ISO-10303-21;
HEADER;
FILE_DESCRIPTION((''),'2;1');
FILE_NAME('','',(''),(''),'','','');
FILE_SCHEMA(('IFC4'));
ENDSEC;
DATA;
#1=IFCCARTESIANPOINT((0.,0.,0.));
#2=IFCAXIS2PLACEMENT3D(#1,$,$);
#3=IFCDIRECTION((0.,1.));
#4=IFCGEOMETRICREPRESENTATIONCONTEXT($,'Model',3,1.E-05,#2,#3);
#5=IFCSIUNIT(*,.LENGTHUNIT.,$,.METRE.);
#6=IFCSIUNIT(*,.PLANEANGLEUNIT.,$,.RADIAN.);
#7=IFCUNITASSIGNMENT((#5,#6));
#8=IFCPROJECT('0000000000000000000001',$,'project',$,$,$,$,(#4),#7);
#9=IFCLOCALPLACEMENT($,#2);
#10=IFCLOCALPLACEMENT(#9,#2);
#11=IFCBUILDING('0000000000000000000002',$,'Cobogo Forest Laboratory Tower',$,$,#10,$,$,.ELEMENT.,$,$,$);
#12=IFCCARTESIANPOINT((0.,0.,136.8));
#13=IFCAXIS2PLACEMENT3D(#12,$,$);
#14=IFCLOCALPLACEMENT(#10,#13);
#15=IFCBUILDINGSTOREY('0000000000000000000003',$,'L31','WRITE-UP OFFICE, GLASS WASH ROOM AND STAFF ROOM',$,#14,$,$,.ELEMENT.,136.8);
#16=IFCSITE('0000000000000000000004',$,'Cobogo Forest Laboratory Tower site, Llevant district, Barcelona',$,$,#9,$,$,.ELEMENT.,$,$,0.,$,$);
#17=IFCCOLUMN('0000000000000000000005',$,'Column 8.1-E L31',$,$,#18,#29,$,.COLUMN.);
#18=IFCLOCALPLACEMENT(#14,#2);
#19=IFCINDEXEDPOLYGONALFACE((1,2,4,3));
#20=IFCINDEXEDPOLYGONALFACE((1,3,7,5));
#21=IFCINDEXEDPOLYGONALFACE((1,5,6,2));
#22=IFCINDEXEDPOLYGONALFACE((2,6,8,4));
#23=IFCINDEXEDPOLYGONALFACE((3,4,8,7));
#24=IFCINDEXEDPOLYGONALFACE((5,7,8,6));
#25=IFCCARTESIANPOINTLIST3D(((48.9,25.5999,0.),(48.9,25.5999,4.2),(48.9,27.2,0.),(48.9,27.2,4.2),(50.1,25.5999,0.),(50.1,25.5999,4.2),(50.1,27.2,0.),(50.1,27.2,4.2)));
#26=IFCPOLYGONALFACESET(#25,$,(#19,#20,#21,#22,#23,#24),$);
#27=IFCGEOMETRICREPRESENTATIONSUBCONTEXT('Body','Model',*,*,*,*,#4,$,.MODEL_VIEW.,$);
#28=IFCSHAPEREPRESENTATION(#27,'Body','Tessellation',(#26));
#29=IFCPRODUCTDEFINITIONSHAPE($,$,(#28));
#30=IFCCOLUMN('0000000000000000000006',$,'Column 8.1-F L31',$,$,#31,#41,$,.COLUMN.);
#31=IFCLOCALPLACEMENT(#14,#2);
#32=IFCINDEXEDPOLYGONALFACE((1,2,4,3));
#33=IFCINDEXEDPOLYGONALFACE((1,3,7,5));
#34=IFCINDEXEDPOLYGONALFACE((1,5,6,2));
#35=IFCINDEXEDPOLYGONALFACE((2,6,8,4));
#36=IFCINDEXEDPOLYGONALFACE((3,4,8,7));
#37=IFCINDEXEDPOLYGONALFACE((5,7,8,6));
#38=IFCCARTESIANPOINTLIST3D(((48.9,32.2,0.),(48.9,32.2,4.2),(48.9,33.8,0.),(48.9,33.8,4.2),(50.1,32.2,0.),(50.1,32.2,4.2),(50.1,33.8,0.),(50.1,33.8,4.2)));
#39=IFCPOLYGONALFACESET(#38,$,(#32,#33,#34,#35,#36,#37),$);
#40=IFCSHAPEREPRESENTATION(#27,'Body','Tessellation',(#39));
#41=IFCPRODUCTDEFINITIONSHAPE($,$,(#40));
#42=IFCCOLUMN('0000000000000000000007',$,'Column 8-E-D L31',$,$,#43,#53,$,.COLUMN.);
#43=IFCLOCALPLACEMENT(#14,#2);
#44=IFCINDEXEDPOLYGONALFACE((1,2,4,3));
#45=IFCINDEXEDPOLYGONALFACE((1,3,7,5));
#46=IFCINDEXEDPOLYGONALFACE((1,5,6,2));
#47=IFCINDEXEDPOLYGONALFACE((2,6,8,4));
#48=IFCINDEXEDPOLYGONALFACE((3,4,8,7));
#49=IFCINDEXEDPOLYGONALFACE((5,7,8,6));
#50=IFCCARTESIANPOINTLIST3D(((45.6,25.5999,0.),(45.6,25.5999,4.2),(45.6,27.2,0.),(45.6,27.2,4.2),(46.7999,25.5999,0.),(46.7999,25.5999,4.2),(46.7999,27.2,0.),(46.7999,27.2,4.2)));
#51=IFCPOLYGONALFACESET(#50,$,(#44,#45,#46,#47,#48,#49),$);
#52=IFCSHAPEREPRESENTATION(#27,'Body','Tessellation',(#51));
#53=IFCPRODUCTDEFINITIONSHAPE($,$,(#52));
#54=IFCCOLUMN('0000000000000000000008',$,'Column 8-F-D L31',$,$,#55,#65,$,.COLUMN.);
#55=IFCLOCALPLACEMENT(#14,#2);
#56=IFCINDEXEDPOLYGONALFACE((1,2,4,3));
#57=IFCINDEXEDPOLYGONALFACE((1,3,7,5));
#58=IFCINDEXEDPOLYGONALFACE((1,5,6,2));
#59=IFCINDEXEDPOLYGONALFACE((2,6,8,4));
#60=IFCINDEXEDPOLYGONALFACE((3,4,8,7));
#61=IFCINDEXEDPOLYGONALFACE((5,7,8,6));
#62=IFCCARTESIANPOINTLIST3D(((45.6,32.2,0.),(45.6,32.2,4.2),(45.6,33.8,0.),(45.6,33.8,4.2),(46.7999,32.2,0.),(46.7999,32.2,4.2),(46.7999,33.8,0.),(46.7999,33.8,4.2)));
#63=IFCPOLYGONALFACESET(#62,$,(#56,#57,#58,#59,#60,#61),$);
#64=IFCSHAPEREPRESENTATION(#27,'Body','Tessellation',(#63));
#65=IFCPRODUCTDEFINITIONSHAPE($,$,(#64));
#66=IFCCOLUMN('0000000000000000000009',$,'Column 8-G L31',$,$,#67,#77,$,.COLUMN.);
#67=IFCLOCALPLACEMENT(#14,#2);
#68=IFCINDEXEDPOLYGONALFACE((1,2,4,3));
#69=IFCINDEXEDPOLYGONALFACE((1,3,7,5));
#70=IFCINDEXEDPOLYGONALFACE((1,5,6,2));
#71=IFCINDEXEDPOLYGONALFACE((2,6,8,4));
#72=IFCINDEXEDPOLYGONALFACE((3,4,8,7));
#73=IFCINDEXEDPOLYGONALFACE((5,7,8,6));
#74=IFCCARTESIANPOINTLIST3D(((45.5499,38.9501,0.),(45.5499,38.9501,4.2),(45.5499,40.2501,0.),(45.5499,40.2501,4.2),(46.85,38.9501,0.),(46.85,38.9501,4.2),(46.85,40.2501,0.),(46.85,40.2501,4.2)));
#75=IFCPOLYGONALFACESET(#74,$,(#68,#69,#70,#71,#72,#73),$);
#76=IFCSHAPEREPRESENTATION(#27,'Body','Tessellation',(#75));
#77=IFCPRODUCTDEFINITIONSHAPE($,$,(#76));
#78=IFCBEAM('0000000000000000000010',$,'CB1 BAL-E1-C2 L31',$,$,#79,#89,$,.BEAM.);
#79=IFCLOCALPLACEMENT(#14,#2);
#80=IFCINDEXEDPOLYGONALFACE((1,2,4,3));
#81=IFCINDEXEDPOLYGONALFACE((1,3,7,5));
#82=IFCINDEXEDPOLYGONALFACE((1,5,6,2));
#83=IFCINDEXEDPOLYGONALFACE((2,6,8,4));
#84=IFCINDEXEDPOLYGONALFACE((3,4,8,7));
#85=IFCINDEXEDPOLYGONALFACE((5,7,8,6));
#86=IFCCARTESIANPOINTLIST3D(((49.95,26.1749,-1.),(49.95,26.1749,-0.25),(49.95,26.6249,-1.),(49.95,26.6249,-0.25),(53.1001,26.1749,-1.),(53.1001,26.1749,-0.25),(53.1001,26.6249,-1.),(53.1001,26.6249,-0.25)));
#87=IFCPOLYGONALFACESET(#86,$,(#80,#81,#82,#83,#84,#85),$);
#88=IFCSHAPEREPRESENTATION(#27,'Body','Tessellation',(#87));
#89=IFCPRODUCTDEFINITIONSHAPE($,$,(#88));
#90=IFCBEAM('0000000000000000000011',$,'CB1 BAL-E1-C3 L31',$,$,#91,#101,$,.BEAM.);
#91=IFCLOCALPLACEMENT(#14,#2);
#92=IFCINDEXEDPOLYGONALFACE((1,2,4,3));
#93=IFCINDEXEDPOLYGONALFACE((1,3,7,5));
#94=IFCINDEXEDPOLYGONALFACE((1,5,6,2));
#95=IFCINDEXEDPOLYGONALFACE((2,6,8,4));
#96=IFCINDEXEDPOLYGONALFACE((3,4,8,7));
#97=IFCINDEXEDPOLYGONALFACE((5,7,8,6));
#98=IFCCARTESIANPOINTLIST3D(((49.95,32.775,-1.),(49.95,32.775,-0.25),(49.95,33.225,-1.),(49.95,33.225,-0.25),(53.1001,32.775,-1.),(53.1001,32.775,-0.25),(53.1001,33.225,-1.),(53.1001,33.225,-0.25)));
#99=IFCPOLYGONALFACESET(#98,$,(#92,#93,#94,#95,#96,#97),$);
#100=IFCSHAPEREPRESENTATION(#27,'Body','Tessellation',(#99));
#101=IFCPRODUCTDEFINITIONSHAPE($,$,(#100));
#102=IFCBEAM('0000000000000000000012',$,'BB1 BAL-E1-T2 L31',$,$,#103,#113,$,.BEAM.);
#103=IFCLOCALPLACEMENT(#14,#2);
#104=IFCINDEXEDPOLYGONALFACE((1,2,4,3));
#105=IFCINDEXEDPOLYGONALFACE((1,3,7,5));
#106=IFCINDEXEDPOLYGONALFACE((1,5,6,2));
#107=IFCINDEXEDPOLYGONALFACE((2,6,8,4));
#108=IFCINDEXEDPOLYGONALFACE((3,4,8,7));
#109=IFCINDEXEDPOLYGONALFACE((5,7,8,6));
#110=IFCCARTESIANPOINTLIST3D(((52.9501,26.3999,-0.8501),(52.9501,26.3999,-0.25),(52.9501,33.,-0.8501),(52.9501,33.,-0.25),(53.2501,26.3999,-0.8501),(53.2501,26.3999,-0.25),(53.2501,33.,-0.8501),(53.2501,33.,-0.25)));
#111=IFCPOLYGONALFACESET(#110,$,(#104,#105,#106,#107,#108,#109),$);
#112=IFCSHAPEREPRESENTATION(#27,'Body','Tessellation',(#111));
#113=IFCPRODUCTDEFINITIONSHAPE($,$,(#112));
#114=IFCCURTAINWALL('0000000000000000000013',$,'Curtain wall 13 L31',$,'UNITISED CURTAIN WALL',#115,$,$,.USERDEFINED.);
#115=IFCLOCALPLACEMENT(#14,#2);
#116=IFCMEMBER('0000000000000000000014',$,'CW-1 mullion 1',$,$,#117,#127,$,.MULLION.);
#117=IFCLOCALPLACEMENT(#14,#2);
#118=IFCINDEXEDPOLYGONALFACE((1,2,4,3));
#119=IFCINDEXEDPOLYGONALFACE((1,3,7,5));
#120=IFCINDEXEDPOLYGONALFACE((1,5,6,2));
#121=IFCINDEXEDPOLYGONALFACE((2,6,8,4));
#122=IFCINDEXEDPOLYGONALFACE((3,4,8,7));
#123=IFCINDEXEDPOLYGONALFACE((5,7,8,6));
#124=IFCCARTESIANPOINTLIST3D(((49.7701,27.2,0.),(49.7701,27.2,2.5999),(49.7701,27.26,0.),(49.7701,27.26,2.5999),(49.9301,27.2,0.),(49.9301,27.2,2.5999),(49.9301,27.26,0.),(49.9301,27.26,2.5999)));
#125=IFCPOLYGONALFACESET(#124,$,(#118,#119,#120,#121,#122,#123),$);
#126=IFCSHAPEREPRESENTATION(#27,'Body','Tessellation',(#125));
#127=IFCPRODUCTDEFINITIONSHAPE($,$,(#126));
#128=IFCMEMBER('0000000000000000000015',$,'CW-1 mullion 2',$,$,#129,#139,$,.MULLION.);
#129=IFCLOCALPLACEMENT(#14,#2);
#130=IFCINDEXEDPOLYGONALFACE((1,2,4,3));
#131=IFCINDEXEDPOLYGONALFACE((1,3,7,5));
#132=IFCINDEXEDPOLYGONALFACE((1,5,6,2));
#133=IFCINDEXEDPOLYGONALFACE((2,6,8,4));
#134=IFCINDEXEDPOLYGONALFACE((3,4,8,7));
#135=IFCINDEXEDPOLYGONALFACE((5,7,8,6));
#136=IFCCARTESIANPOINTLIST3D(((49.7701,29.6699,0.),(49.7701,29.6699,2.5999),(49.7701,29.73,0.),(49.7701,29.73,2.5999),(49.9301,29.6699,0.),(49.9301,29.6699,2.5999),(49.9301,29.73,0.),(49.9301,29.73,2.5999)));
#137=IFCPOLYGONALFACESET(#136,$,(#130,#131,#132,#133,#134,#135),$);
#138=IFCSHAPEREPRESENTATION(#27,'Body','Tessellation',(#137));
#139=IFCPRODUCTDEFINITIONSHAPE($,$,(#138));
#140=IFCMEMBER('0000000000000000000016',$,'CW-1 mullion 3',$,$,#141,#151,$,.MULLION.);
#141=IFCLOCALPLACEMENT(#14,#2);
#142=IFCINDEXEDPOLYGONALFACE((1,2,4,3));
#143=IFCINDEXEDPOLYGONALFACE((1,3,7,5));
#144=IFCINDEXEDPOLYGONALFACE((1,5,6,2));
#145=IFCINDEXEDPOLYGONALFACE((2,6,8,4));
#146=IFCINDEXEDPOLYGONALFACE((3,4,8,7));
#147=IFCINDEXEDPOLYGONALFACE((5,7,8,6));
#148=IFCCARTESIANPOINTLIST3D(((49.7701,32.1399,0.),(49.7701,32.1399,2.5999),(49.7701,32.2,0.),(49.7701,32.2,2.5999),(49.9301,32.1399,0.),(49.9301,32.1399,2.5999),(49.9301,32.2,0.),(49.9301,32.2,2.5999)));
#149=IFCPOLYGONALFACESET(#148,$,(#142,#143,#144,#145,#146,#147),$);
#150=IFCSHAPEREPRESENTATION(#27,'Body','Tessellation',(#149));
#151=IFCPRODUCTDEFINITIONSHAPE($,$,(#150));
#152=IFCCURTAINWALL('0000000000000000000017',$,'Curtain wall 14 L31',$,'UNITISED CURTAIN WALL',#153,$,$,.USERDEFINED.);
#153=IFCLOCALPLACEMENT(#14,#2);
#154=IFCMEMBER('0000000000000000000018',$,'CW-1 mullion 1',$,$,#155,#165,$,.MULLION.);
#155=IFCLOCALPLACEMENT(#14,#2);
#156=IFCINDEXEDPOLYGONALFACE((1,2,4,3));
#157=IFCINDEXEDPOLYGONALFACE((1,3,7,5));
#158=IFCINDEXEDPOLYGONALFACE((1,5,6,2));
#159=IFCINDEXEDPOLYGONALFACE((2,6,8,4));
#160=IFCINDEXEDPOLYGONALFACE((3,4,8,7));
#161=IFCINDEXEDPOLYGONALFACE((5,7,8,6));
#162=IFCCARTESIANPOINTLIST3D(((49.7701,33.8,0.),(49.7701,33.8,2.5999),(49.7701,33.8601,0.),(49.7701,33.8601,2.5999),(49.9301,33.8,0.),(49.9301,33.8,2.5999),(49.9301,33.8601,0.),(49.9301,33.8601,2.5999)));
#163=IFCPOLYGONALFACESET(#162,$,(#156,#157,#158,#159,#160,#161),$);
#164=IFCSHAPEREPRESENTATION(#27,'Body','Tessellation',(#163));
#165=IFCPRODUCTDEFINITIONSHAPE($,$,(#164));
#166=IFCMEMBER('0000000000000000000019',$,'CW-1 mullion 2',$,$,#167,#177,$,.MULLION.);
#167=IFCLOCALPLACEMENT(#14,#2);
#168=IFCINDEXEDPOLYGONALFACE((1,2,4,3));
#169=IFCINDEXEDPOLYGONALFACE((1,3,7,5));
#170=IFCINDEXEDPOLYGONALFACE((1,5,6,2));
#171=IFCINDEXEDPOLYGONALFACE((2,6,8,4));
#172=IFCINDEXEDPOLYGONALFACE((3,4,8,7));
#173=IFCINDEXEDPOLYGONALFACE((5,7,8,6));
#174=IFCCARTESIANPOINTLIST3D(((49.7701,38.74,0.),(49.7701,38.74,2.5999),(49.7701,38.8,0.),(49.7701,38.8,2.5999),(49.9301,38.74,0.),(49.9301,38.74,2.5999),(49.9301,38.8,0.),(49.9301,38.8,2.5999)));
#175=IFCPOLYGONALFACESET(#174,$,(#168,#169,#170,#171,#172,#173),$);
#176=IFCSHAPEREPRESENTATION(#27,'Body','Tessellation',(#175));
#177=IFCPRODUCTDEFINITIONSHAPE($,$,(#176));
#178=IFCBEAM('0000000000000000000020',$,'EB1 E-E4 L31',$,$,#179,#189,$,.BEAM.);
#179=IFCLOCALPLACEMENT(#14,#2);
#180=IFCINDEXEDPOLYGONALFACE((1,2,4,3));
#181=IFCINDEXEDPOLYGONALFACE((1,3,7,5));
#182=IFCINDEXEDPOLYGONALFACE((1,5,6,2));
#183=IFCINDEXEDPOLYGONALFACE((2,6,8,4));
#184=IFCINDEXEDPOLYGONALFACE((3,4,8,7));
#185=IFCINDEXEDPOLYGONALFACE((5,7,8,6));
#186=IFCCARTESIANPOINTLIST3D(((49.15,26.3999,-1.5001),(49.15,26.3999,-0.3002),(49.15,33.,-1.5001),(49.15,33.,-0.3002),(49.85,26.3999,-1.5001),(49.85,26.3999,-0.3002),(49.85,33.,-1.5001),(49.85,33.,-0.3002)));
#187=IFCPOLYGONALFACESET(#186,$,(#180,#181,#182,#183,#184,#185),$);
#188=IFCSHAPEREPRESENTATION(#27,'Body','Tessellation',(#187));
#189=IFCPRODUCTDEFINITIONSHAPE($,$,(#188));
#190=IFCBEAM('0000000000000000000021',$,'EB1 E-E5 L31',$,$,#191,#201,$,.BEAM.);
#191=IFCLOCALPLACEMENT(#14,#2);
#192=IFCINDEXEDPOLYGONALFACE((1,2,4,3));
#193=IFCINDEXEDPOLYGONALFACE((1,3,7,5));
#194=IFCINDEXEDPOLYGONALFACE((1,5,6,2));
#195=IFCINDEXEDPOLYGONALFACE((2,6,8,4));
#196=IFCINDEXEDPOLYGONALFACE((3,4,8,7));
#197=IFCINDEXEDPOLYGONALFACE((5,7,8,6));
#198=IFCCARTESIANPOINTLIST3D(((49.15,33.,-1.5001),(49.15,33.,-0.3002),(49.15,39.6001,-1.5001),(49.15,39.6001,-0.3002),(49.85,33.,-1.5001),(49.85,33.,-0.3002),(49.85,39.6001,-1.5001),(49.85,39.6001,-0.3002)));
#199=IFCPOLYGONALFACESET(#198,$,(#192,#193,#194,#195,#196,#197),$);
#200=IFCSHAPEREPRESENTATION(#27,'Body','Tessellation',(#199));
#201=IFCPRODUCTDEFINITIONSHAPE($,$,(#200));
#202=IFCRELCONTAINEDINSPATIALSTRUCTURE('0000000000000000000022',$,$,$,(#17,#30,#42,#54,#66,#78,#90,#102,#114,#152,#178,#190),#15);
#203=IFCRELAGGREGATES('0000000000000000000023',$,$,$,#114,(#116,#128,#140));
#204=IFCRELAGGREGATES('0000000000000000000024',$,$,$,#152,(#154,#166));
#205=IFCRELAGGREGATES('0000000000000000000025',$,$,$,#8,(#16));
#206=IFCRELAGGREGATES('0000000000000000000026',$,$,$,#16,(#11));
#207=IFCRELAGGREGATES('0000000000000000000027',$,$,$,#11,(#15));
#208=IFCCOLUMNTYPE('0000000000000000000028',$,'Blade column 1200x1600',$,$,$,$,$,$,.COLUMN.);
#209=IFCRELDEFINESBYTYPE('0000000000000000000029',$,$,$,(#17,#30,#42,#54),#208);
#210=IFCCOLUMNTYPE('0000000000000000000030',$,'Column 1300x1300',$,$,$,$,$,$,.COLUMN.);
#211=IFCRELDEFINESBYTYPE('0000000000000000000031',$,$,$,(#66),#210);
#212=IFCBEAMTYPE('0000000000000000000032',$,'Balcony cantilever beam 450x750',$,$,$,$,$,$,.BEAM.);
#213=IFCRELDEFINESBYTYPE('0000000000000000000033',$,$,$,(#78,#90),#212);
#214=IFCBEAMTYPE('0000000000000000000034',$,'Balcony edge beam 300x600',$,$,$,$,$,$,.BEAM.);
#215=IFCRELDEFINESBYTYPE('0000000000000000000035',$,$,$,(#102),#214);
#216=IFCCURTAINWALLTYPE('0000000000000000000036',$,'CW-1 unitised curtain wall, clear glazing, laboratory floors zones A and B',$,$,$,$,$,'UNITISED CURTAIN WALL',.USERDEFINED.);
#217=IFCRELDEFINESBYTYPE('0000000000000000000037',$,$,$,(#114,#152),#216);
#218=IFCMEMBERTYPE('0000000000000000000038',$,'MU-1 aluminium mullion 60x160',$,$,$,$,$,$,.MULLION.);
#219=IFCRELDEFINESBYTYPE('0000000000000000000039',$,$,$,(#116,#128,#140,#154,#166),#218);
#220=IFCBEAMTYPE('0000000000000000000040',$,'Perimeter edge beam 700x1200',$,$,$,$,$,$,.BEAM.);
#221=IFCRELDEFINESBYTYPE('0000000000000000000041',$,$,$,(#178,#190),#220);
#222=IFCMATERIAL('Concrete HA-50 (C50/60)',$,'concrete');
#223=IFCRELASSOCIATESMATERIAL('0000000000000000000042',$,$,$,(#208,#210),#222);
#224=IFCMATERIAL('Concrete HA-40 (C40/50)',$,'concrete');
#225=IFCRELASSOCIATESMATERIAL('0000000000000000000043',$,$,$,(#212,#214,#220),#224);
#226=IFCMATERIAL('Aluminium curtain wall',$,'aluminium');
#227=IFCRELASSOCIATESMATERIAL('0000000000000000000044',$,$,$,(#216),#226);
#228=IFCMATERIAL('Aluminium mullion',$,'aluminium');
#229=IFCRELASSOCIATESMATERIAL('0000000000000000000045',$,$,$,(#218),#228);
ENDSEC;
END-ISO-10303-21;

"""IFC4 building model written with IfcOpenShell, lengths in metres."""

from ifc_helpers import new_model, si_unit, direction, frame, origin, origin_2d, place, context, subcontext, project, spatial, rectangle, extrude, material, material_profile, profile_set, type_object, element, aggregate, save


model = new_model("IFC4")

# Units and contexts
model_context = context("Model", 3, precision=1e-05, world=origin(), true_north=direction((0.0, 1.0)))
body_context = subcontext(model_context, "Body", "Model", "MODEL_VIEW")
ifc_project = project(units=[si_unit("LENGTHUNIT", "METRE"), si_unit("PLANEANGLEUNIT", "RADIAN")], contexts=[model_context])

# Site, building, storey
site_placement = place(None, origin())
site = spatial("IfcSite", under=ifc_project, at=site_placement, Name="Cobogo Forest Laboratory Tower site, Llevant district, Barcelona", CompositionType="ELEMENT", RefElevation=0.0)
building_placement = place(site_placement, origin())
building = spatial("IfcBuilding", under=site, at=building_placement, Name="Cobogo Forest Laboratory Tower", CompositionType="ELEMENT")
storey_placement = place(building_placement, frame((0.0, 0.0, 136.8)))
storey = spatial("IfcBuildingStorey", under=building, at=storey_placement, Name="L31", Description="WRITE-UP OFFICE, GLASS WASH ROOM AND STAFF ROOM", CompositionType="ELEMENT", Elevation=136.8)

# Columns
ifc_material_1 = material(Name="Concrete HA-50 (C50/60)", Category="concrete")
ifc_material_profile_1 = material_profile(ifc_material_1, rectangle(XDim=1.6001, YDim=1.2, at=origin_2d()), Name="RC 1200x1600")
ifc_profile_set_1 = profile_set([ifc_material_profile_1], Name="Concrete HA-50 (C50/60)")
column_type_1 = type_object("IfcColumnType", Name="Blade column 1200x1600", PredefinedType="COLUMN", material=ifc_profile_set_1)
for number, where, z_axis, x_axis, name in (
    (1, (49.5, 26.3999, 0.0), (0.0, 0.0, 1.0), (0.0, 1.0, 0.0), "Column 8.1-E L31"),
    (2, (49.5, 33.0, 0.0), (0.0, 0.0, 1.0), (0.0, 1.0, 0.0), "Column 8.1-F L31"),
    (3, (46.2, 26.3999, 0.0), (0.0, 0.0, 1.0), (0.0, 1.0, 0.0), "Column 8-E-D L31"),
    (4, (46.2, 33.0, 0.0), (0.0, 0.0, 1.0), (0.0, 1.0, 0.0), "Column 8-F-D L31"),
):
    element("IfcColumn", number, at=place(storey_placement, frame(where, z_axis=z_axis, x_axis=x_axis)), inside=storey, type_object=column_type_1, Name=name, PredefinedType="COLUMN", context=body_context, shape_type="SweptSolid", body=[
        extrude(rectangle(XDim=1.6001, YDim=1.2, at=origin_2d()), origin(), (0.0, 0.0, 1.0), 4.2),
    ])
ifc_material_profile_2 = material_profile(ifc_material_1, rectangle(XDim=1.3, YDim=1.3, at=origin_2d()), Name="RC 1300x1300")
ifc_profile_set_2 = profile_set([ifc_material_profile_2], Name="Concrete HA-50 (C50/60)")
column_type_2 = type_object("IfcColumnType", Name="Column 1300x1300", PredefinedType="COLUMN", material=ifc_profile_set_2)
column_placement = place(storey_placement, frame((46.2, 39.6001, 0.0), z_axis=(0.0, 0.0, 1.0), x_axis=(1.0, 0.0, 0.0)))
element("IfcColumn", 5, at=column_placement, inside=storey, type_object=column_type_2, Name="Column 8-G L31", PredefinedType="COLUMN", context=body_context, shape_type="SweptSolid", body=[
    extrude(rectangle(XDim=1.3, YDim=1.3, at=origin_2d()), origin(), (0.0, 0.0, 1.0), 4.2),
])

# Beams
ifc_material_2 = material(Name="Concrete HA-40 (C40/50)", Category="concrete")
ifc_material_profile_3 = material_profile(ifc_material_2, rectangle(XDim=0.45, YDim=0.75, at=origin_2d()), Name="RC 450x750")
ifc_profile_set_3 = profile_set([ifc_material_profile_3], Name="Concrete HA-40 (C40/50)")
beam_type_1 = type_object("IfcBeamType", Name="Balcony cantilever beam 450x750", PredefinedType="BEAM", material=ifc_profile_set_3)
for number, where, z_axis, x_axis, name in (
    (6, (49.95, 26.3999, -0.625), (1.0, 0.0, 0.0), (0.0, 1.0, 0.0), "CB1 BAL-E1-C2 L31"),
    (7, (49.95, 33.0, -0.625), (1.0, 0.0, 0.0), (0.0, 1.0, 0.0), "CB1 BAL-E1-C3 L31"),
):
    element("IfcBeam", number, at=place(storey_placement, frame(where, z_axis=z_axis, x_axis=x_axis)), inside=storey, type_object=beam_type_1, Name=name, PredefinedType="BEAM", context=body_context, shape_type="SweptSolid", body=[
        extrude(rectangle(XDim=0.45, YDim=0.75, at=origin_2d()), origin(), (0.0, 0.0, 1.0), 3.1501),
    ])
ifc_material_profile_4 = material_profile(ifc_material_2, rectangle(XDim=0.3, YDim=0.6001, at=origin_2d()), Name="RC 300x600")
ifc_profile_set_4 = profile_set([ifc_material_profile_4], Name="Concrete HA-40 (C40/50)")
beam_type_2 = type_object("IfcBeamType", Name="Balcony edge beam 300x600", PredefinedType="BEAM", material=ifc_profile_set_4)
beam_placement = place(storey_placement, frame((53.1001, 26.3999, -0.55), z_axis=(0.0, 1.0, 0.0), x_axis=(-1.0, 0.0, 0.0)))
element("IfcBeam", 8, at=beam_placement, inside=storey, type_object=beam_type_2, Name="BB1 BAL-E1-T2 L31", PredefinedType="BEAM", context=body_context, shape_type="SweptSolid", body=[
    extrude(rectangle(XDim=0.3, YDim=0.6001, at=origin_2d()), origin(), (0.0, 0.0, 1.0), 6.6001),
])

# Curtain walls, members
ifc_material_3 = material(Name="Aluminium curtain wall", Category="aluminium")
curtain_wall_type = type_object("IfcCurtainWallType", Name="CW-1 unitised curtain wall, clear glazing, laboratory floors zones A and B", ElementType="UNITISED CURTAIN WALL", PredefinedType="USERDEFINED", material=ifc_material_3)
curtain_wall_1_placement = place(storey_placement, origin())
curtain_wall_1 = element("IfcCurtainWall", 9, at=curtain_wall_1_placement, inside=storey, type_object=curtain_wall_type, Name="Curtain wall 13 L31", ObjectType="UNITISED CURTAIN WALL", PredefinedType="USERDEFINED")
ifc_material_4 = material(Name="Aluminium mullion", Category="aluminium")
ifc_material_profile_5 = material_profile(ifc_material_4, rectangle(XDim=0.0601, YDim=0.1599, at=origin_2d()), Name="AL 60x160")
ifc_profile_set_5 = profile_set([ifc_material_profile_5], Name="Aluminium mullion")
member_type_1 = type_object("IfcMemberType", Name="MU-1 aluminium mullion 60x160", PredefinedType="MULLION", material=ifc_profile_set_5)
member_1_placement = place(storey_placement, frame((49.8501, 27.23, 0.0), z_axis=(0.0, 0.0, 1.0), x_axis=(0.0, 1.0, 0.0)))
member_1 = element("IfcMember", 10, at=member_1_placement, type_object=member_type_1, Name="CW-1 mullion 1", PredefinedType="MULLION", context=body_context, shape_type="SweptSolid", body=[
    extrude(rectangle(XDim=0.0601, YDim=0.1599, at=origin_2d()), origin(), (0.0, 0.0, 1.0), 2.5999),
])
member_2_placement = place(storey_placement, frame((49.8501, 29.7, 0.0), z_axis=(0.0, 0.0, 1.0), x_axis=(0.0, 1.0, 0.0)))
member_2 = element("IfcMember", 11, at=member_2_placement, type_object=member_type_1, Name="CW-1 mullion 2", PredefinedType="MULLION", context=body_context, shape_type="SweptSolid", body=[
    extrude(rectangle(XDim=0.0601, YDim=0.1599, at=origin_2d()), origin(), (0.0, 0.0, 1.0), 2.5999),
])
member_3_placement = place(storey_placement, frame((49.8501, 32.1699, 0.0), z_axis=(0.0, 0.0, 1.0), x_axis=(0.0, 1.0, 0.0)))
member_3 = element("IfcMember", 12, at=member_3_placement, type_object=member_type_1, Name="CW-1 mullion 3", PredefinedType="MULLION", context=body_context, shape_type="SweptSolid", body=[
    extrude(rectangle(XDim=0.0601, YDim=0.1599, at=origin_2d()), origin(), (0.0, 0.0, 1.0), 2.5999),
])
curtain_wall_2_placement = place(storey_placement, origin())
curtain_wall_2 = element("IfcCurtainWall", 13, at=curtain_wall_2_placement, inside=storey, type_object=curtain_wall_type, Name="Curtain wall 14 L31", ObjectType="UNITISED CURTAIN WALL", PredefinedType="USERDEFINED")
member_4_placement = place(storey_placement, frame((49.8501, 33.8301, 0.0), z_axis=(0.0, 0.0, 1.0), x_axis=(0.0, 1.0, 0.0)))
member_4 = element("IfcMember", 14, at=member_4_placement, type_object=member_type_1, Name="CW-1 mullion 1", PredefinedType="MULLION", context=body_context, shape_type="SweptSolid", body=[
    extrude(rectangle(XDim=0.0601, YDim=0.1599, at=origin_2d()), origin(), (0.0, 0.0, 1.0), 2.5999),
])
member_5_placement = place(storey_placement, frame((49.8501, 38.77, 0.0), z_axis=(0.0, 0.0, 1.0), x_axis=(0.0, 1.0, 0.0)))
member_5 = element("IfcMember", 15, at=member_5_placement, type_object=member_type_1, Name="CW-1 mullion 2", PredefinedType="MULLION", context=body_context, shape_type="SweptSolid", body=[
    extrude(rectangle(XDim=0.0601, YDim=0.1599, at=origin_2d()), origin(), (0.0, 0.0, 1.0), 2.5999),
])

# Beams
ifc_material_profile_6 = material_profile(ifc_material_2, rectangle(XDim=0.7, YDim=1.2, at=origin_2d()), Name="RC 700x1200")
ifc_profile_set_6 = profile_set([ifc_material_profile_6], Name="Concrete HA-40 (C40/50)")
beam_type_3 = type_object("IfcBeamType", Name="Perimeter edge beam 700x1200", PredefinedType="BEAM", material=ifc_profile_set_6)
for number, where, z_axis, x_axis, name in (
    (16, (49.5, 26.3999, -0.9001), (0.0, 1.0, 0.0), (-1.0, 0.0, 0.0), "EB1 E-E4 L31"),
    (17, (49.5, 33.0, -0.9001), (0.0, 1.0, 0.0), (-1.0, 0.0, 0.0), "EB1 E-E5 L31"),
):
    element("IfcBeam", number, at=place(storey_placement, frame(where, z_axis=z_axis, x_axis=x_axis)), inside=storey, type_object=beam_type_3, Name=name, PredefinedType="BEAM", context=body_context, shape_type="SweptSolid", body=[
        extrude(rectangle(XDim=0.7, YDim=1.2, at=origin_2d()), origin(), (0.0, 0.0, 1.0), 6.6001),
    ])

aggregate(curtain_wall_1, [member_1, member_2, member_3])
aggregate(curtain_wall_2, [member_4, member_5])

save(model, "model.ifc")
